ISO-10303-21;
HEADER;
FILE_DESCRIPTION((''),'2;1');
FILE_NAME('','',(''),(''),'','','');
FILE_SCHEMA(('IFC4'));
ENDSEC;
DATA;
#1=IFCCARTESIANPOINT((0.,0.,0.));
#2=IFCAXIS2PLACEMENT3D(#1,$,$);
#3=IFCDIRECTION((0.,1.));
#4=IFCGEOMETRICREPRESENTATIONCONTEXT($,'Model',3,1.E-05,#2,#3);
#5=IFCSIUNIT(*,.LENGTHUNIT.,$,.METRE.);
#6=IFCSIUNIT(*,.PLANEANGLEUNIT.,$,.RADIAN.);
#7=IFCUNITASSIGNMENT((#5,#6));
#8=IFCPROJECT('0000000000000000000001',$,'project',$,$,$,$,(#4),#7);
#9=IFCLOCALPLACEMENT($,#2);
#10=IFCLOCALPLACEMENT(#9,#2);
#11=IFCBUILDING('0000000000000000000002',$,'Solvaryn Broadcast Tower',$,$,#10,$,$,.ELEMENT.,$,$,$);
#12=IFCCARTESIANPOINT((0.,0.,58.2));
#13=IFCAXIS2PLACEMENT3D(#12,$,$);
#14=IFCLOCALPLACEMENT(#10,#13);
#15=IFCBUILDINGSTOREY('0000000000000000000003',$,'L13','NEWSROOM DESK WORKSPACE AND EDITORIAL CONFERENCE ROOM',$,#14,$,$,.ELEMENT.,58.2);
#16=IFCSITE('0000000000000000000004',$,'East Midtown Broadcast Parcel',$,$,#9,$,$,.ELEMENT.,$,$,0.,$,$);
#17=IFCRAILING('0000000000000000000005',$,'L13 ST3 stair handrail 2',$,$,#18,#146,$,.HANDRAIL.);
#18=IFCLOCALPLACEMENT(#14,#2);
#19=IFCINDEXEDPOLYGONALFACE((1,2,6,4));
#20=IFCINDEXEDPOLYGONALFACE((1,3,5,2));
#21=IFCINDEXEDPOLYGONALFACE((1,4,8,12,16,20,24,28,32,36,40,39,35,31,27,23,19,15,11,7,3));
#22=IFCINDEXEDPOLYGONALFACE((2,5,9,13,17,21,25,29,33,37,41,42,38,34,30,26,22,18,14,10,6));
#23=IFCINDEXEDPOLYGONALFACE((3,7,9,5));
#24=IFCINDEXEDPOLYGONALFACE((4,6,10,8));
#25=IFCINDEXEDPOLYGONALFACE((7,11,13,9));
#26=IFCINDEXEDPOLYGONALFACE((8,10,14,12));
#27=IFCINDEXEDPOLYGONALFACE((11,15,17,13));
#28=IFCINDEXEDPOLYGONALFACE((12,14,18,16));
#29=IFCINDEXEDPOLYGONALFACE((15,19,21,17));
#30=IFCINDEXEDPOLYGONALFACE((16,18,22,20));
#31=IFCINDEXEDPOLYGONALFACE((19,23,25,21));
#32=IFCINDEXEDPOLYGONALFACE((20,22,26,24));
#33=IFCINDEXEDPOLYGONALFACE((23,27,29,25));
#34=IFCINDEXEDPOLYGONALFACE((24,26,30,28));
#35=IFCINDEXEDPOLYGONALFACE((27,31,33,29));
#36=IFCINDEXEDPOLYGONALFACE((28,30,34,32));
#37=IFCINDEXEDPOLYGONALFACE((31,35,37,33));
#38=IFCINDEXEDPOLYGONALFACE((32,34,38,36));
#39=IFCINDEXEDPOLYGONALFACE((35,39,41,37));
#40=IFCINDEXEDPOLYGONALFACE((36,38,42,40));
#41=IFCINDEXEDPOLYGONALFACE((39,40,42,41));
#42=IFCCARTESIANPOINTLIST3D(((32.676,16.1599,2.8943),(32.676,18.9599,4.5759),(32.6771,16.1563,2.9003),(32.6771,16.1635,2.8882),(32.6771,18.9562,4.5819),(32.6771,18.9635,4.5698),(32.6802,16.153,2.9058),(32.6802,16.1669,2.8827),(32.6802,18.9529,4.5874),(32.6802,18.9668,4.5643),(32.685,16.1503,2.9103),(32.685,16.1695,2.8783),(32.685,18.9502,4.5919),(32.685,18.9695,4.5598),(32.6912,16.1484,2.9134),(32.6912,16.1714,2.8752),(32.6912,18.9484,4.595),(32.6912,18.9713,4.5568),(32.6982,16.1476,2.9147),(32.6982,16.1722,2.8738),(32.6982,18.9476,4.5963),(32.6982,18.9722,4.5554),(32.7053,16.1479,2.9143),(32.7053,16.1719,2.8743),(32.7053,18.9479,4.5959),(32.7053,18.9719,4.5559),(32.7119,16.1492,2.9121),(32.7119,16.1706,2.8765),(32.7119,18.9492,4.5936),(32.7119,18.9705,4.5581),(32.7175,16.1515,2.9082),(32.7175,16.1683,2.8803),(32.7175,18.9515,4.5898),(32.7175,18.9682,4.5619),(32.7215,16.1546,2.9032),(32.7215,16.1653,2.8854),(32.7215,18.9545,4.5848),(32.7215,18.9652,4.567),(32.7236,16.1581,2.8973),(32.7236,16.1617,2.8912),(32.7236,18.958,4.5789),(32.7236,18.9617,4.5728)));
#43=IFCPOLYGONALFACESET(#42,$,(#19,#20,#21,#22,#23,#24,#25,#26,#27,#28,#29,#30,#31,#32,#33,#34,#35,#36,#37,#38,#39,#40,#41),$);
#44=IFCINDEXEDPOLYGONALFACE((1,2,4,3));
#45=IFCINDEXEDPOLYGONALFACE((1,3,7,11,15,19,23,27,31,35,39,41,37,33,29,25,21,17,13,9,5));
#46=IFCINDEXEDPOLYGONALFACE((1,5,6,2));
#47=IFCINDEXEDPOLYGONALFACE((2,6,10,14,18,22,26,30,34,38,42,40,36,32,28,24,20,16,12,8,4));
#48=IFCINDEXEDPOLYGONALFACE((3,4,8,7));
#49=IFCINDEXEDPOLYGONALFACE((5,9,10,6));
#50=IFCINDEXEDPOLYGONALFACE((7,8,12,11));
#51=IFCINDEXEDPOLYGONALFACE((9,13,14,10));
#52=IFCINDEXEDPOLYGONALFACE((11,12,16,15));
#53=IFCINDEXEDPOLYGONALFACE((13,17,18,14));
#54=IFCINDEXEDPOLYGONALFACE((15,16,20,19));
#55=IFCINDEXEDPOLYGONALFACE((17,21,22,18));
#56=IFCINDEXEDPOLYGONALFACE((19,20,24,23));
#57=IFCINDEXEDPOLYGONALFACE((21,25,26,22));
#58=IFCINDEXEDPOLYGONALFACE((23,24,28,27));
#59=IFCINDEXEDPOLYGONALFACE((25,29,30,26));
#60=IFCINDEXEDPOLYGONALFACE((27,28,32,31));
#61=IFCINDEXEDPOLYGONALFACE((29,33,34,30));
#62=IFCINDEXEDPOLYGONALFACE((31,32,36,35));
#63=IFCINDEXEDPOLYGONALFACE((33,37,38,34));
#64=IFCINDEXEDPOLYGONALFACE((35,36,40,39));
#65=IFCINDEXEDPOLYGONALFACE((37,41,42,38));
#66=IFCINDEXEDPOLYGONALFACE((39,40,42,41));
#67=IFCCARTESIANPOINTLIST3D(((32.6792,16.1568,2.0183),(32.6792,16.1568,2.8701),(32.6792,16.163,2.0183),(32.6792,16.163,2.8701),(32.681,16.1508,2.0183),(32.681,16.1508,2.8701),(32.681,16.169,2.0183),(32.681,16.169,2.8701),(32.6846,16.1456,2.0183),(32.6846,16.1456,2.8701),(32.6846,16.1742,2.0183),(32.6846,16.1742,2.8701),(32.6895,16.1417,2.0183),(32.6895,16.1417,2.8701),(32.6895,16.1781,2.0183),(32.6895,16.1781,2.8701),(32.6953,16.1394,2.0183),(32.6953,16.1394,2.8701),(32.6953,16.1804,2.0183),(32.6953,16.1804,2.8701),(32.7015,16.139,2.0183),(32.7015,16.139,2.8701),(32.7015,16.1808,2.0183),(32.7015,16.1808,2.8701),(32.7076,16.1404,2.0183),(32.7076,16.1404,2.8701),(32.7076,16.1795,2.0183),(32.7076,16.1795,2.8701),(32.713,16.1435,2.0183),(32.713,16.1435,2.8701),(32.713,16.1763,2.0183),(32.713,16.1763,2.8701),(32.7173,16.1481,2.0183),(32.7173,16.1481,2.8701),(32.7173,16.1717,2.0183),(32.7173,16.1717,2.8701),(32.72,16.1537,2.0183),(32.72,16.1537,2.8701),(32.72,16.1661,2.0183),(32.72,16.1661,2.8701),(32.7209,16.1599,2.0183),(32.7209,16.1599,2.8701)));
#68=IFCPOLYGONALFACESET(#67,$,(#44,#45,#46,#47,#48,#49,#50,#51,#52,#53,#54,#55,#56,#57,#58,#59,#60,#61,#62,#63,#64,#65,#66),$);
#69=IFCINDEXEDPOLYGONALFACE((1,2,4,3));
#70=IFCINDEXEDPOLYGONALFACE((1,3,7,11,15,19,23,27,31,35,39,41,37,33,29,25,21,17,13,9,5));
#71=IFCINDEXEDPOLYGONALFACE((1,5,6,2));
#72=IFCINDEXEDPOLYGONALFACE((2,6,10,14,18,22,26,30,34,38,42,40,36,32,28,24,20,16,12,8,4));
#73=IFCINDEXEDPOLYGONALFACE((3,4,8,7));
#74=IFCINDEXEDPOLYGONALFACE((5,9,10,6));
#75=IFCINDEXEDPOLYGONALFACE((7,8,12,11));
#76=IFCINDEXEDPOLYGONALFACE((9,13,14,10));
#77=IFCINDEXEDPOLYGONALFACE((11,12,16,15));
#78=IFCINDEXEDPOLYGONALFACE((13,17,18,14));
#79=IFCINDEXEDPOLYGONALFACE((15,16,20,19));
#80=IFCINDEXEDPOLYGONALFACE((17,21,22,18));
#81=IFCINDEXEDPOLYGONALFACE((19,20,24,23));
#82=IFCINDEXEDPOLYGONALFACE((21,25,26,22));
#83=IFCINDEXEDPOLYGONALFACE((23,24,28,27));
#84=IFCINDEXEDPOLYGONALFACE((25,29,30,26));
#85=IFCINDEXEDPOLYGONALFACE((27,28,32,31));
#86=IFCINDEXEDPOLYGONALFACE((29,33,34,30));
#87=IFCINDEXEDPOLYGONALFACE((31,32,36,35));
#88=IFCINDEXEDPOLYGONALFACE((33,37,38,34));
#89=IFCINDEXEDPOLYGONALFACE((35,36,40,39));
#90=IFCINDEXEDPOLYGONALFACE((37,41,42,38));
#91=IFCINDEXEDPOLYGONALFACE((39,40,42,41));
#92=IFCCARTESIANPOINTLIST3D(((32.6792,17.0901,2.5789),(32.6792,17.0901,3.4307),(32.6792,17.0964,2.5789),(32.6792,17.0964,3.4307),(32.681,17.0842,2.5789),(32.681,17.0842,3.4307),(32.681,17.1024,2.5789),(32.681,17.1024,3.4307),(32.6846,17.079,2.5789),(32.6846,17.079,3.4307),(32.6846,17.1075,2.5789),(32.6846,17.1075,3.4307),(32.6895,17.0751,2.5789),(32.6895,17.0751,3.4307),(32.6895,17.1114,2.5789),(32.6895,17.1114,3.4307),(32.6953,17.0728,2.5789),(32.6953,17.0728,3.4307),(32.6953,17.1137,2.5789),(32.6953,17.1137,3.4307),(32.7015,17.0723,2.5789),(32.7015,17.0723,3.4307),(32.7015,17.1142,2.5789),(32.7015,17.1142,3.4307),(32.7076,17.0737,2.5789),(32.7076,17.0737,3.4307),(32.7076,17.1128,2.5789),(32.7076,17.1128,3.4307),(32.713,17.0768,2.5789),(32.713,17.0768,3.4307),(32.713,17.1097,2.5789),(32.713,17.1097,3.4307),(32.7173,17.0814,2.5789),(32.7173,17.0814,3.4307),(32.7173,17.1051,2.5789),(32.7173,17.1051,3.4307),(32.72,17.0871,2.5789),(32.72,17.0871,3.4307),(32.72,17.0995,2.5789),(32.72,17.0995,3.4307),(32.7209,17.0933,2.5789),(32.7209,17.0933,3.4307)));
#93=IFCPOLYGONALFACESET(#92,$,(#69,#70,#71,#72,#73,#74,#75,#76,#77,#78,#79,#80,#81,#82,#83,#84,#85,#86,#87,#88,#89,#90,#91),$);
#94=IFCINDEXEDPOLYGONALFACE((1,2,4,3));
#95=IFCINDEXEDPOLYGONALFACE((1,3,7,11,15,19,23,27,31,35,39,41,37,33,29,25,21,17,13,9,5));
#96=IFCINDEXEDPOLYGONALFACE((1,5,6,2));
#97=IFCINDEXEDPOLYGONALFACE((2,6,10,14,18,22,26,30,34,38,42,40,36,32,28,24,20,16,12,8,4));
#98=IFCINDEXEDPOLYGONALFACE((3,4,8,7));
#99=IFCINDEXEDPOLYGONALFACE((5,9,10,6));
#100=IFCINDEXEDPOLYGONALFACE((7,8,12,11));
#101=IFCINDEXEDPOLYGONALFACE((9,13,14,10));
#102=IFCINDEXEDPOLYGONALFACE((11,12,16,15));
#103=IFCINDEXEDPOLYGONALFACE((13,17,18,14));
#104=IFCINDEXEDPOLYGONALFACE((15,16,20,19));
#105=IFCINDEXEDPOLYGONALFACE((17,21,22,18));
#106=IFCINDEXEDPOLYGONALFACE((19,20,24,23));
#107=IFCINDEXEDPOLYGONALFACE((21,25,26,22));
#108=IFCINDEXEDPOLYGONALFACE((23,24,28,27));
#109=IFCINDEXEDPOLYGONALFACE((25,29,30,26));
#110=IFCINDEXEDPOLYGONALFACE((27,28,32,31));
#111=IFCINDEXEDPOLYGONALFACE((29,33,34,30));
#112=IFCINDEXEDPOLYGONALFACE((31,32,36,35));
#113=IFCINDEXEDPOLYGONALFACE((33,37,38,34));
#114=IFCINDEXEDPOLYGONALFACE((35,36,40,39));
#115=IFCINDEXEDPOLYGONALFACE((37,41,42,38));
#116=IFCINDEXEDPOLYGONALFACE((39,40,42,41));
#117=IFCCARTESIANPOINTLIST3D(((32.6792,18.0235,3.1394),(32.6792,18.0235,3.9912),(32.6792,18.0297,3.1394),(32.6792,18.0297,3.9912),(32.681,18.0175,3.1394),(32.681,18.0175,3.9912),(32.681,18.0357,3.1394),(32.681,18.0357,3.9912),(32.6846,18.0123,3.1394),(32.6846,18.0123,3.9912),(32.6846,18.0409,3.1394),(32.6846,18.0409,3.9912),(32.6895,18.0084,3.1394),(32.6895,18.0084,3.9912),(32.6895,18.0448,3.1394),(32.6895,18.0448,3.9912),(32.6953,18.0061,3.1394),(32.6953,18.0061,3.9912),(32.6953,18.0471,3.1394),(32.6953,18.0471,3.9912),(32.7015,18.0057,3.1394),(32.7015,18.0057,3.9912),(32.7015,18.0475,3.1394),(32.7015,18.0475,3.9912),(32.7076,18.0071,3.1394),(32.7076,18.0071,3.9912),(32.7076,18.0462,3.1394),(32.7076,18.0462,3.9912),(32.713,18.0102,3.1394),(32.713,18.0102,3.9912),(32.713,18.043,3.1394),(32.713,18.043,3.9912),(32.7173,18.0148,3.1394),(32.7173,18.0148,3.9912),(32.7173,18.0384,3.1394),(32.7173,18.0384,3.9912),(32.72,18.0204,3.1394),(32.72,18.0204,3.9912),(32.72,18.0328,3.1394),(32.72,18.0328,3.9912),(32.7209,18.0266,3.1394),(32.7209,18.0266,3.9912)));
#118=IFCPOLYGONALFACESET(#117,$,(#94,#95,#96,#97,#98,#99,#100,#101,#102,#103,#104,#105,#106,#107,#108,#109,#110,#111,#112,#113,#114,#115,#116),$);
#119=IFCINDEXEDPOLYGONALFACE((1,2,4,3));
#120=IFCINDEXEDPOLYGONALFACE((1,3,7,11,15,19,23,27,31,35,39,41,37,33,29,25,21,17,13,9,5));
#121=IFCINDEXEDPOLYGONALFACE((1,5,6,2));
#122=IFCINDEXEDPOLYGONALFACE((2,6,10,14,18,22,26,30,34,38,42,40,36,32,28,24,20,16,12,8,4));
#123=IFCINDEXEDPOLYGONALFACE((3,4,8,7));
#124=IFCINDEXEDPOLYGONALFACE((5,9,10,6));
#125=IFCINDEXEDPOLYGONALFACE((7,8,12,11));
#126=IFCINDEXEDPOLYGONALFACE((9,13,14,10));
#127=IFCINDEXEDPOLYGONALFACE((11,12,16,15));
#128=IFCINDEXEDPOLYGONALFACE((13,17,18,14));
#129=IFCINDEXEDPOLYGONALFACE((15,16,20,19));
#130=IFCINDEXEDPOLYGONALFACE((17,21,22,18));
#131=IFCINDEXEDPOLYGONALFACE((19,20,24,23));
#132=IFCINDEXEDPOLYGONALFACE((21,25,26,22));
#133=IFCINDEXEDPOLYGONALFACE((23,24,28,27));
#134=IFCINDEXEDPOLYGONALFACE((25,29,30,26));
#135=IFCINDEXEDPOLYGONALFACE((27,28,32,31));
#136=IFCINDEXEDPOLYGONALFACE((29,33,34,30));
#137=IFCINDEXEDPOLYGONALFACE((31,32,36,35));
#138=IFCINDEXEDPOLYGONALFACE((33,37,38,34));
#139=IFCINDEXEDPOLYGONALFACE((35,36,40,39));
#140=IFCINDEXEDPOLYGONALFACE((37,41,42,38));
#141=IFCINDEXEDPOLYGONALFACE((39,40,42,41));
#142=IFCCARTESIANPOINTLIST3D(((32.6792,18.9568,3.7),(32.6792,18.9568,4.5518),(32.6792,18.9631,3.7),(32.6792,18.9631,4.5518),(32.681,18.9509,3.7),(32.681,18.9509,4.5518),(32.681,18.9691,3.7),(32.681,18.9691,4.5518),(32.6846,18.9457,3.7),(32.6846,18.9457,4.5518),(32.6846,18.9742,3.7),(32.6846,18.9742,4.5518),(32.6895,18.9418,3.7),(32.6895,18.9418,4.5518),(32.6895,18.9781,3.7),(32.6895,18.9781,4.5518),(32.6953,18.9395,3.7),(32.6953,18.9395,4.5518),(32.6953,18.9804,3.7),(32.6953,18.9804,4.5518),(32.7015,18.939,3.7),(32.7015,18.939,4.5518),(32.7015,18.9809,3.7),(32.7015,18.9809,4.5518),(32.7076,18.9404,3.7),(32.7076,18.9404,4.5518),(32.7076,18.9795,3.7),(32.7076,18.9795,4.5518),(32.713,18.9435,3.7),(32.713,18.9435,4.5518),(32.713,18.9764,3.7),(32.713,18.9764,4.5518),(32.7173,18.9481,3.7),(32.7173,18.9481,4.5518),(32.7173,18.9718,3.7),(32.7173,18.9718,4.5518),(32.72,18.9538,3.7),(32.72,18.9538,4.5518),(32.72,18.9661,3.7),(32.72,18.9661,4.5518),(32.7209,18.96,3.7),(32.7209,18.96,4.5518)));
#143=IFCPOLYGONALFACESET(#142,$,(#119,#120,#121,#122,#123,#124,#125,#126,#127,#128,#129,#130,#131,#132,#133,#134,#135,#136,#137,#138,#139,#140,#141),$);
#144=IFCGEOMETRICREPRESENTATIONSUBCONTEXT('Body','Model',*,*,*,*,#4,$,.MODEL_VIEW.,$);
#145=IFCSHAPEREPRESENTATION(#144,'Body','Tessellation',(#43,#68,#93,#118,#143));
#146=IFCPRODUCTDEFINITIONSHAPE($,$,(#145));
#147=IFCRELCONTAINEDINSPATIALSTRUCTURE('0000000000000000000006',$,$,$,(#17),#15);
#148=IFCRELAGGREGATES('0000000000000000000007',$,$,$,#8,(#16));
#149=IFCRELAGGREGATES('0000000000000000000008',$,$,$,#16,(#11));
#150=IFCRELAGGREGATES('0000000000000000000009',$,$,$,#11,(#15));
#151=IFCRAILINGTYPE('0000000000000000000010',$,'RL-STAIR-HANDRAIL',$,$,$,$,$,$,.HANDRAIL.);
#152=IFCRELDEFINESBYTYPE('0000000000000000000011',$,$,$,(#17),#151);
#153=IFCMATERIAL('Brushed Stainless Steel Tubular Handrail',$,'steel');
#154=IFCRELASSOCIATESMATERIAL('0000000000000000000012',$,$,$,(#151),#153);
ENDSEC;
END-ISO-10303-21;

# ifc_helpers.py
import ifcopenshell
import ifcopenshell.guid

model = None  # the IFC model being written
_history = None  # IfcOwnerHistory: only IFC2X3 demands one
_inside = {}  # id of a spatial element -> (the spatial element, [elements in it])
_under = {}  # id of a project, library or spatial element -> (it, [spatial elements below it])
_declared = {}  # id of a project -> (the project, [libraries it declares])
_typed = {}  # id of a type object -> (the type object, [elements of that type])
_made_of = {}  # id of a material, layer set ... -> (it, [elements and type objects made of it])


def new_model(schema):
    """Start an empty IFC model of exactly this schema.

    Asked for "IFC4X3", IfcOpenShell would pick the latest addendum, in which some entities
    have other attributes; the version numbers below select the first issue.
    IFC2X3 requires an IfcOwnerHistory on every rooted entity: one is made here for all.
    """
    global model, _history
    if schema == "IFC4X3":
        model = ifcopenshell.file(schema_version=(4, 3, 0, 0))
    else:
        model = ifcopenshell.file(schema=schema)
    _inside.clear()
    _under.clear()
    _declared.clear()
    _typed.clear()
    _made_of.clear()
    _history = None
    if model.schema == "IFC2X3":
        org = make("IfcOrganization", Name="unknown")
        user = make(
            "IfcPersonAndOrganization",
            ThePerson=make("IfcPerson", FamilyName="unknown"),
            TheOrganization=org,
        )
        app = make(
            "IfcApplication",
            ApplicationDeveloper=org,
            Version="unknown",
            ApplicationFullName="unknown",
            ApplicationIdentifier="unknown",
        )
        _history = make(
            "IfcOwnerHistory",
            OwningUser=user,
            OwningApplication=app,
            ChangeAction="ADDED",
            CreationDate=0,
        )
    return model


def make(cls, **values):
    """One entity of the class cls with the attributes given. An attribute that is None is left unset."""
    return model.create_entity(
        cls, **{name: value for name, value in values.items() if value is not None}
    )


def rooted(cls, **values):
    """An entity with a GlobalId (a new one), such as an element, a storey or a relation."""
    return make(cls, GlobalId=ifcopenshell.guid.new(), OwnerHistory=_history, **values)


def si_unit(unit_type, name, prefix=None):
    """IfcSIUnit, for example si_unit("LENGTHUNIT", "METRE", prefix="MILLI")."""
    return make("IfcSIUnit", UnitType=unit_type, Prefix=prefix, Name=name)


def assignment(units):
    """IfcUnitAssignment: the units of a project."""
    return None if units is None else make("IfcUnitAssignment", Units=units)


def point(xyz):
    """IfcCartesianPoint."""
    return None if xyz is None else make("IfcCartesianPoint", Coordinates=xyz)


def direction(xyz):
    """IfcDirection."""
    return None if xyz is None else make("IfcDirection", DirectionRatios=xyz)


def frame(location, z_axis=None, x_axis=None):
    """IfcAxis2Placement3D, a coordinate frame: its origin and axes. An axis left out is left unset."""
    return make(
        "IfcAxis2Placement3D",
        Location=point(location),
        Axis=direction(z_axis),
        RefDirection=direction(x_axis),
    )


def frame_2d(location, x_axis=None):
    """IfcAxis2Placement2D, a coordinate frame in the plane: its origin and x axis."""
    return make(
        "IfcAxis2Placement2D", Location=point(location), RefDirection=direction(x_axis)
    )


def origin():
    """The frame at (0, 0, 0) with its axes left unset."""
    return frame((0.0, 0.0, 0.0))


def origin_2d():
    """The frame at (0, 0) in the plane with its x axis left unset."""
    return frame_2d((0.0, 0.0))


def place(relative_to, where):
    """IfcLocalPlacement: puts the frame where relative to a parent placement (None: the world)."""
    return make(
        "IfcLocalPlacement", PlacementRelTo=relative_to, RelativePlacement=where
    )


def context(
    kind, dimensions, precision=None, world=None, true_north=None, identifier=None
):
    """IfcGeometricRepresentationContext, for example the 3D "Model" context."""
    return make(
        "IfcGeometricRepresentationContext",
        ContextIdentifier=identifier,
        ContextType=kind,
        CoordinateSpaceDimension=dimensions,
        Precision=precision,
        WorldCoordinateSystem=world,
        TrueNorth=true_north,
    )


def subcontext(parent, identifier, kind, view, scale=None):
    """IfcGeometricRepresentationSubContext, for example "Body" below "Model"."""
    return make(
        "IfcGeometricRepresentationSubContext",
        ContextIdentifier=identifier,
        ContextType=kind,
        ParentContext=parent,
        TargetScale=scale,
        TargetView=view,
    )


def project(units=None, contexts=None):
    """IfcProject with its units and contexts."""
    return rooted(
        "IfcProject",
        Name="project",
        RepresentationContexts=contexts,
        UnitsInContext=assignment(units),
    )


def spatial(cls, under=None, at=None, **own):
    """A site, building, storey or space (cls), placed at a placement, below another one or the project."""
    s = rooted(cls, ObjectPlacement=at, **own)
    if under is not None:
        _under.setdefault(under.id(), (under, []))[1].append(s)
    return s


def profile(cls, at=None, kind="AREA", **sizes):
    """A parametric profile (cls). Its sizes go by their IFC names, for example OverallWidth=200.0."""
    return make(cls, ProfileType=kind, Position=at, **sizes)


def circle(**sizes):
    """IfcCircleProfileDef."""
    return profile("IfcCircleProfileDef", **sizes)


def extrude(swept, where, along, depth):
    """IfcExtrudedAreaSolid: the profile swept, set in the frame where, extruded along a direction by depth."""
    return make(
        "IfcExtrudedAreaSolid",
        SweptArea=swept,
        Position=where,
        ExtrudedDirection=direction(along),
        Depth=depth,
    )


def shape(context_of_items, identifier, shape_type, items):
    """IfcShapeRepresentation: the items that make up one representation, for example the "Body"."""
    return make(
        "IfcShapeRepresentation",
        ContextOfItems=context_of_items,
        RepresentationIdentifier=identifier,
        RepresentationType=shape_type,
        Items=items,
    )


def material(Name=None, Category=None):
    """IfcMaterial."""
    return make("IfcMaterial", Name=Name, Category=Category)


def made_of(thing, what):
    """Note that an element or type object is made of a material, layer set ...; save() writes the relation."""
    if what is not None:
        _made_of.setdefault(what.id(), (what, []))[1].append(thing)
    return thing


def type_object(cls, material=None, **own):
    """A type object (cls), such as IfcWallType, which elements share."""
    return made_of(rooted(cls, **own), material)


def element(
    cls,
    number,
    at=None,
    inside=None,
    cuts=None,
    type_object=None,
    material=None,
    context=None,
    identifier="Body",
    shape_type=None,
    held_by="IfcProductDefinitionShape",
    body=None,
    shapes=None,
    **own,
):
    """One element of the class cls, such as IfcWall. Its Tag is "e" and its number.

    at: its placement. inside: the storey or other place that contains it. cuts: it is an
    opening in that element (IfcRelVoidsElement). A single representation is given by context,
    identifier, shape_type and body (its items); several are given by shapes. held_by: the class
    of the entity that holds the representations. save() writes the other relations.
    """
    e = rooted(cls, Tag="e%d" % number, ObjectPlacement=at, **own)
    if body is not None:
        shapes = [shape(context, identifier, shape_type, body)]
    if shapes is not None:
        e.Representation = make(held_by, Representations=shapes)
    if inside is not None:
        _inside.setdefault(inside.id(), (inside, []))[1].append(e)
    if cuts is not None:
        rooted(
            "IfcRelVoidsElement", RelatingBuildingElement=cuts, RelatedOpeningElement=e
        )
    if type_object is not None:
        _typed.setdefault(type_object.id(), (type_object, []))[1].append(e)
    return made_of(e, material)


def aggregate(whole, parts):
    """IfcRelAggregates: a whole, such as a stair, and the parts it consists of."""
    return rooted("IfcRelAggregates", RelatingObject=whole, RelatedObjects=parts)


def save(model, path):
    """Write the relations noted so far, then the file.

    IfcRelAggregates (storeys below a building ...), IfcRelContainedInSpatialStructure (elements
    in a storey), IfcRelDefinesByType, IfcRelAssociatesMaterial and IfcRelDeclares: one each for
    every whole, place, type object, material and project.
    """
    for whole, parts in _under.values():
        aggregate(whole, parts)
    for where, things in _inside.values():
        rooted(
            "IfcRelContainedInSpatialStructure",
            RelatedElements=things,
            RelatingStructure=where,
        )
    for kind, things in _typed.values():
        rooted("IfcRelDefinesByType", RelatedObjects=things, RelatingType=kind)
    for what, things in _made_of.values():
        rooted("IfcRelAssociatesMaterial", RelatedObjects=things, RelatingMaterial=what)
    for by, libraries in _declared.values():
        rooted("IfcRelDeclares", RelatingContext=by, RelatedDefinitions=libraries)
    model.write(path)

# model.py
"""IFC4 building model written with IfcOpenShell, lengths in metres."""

from ifc_helpers import new_model, si_unit, direction, frame, origin, origin_2d, place, context, subcontext, project, spatial, circle, extrude, material, type_object, element, save


model = new_model("IFC4")

# Units and contexts
model_context = context("Model", 3, precision=1e-05, world=origin(), true_north=direction((0.0, 1.0)))
body_context = subcontext(model_context, "Body", "Model", "MODEL_VIEW")
ifc_project = project(units=[si_unit("LENGTHUNIT", "METRE"), si_unit("PLANEANGLEUNIT", "RADIAN")], contexts=[model_context])

# Site, building, storey
site_placement = place(None, origin())
site = spatial("IfcSite", under=ifc_project, at=site_placement, Name="East Midtown Broadcast Parcel", CompositionType="ELEMENT", RefElevation=0.0)
building_placement = place(site_placement, origin())
building = spatial("IfcBuilding", under=site, at=building_placement, Name="Solvaryn Broadcast Tower", CompositionType="ELEMENT")
storey_placement = place(building_placement, frame((0.0, 0.0, 58.2)))
storey = spatial("IfcBuildingStorey", under=building, at=storey_placement, Name="L13", Description="NEWSROOM DESK WORKSPACE AND EDITORIAL CONFERENCE ROOM", CompositionType="ELEMENT", Elevation=58.2)

# Railing
ifc_material_1 = material(Name="Brushed Stainless Steel Tubular Handrail", Category="steel")
railing_type_1 = type_object("IfcRailingType", Name="RL-STAIR-HANDRAIL", PredefinedType="HANDRAIL", material=ifc_material_1)
railing_1_placement = place(storey_placement, frame((32.7, 16.1599, 2.0183)))
element("IfcRailing", 1, at=railing_1_placement, inside=storey, type_object=railing_type_1, Name="L13 ST3 stair handrail 2", PredefinedType="HANDRAIL", context=body_context, shape_type="SweptSolid", body=[
    extrude(circle(Radius=0.0239, at=origin_2d()), frame((0.0, 0.0, 0.876), z_axis=(0.0, 0.857275, 0.514858), x_axis=(-1.0, 0.0, 0.0)), (0.0, 0.0, 1.0), 3.2661),
    extrude(circle(Radius=0.021, at=origin_2d()), origin(), (0.0, 0.0, 1.0), 0.8518),
    extrude(circle(Radius=0.021, at=origin_2d()), frame((0.0, 0.9333, 0.5605)), (0.0, 0.0, 1.0), 0.8518),
    extrude(circle(Radius=0.021, at=origin_2d()), frame((0.0, 1.8667, 1.1211)), (0.0, 0.0, 1.0), 0.8518),
    extrude(circle(Radius=0.021, at=origin_2d()), frame((0.0, 2.8, 1.6816)), (0.0, 0.0, 1.0), 0.8518),
])

save(model, "model.ifc")
